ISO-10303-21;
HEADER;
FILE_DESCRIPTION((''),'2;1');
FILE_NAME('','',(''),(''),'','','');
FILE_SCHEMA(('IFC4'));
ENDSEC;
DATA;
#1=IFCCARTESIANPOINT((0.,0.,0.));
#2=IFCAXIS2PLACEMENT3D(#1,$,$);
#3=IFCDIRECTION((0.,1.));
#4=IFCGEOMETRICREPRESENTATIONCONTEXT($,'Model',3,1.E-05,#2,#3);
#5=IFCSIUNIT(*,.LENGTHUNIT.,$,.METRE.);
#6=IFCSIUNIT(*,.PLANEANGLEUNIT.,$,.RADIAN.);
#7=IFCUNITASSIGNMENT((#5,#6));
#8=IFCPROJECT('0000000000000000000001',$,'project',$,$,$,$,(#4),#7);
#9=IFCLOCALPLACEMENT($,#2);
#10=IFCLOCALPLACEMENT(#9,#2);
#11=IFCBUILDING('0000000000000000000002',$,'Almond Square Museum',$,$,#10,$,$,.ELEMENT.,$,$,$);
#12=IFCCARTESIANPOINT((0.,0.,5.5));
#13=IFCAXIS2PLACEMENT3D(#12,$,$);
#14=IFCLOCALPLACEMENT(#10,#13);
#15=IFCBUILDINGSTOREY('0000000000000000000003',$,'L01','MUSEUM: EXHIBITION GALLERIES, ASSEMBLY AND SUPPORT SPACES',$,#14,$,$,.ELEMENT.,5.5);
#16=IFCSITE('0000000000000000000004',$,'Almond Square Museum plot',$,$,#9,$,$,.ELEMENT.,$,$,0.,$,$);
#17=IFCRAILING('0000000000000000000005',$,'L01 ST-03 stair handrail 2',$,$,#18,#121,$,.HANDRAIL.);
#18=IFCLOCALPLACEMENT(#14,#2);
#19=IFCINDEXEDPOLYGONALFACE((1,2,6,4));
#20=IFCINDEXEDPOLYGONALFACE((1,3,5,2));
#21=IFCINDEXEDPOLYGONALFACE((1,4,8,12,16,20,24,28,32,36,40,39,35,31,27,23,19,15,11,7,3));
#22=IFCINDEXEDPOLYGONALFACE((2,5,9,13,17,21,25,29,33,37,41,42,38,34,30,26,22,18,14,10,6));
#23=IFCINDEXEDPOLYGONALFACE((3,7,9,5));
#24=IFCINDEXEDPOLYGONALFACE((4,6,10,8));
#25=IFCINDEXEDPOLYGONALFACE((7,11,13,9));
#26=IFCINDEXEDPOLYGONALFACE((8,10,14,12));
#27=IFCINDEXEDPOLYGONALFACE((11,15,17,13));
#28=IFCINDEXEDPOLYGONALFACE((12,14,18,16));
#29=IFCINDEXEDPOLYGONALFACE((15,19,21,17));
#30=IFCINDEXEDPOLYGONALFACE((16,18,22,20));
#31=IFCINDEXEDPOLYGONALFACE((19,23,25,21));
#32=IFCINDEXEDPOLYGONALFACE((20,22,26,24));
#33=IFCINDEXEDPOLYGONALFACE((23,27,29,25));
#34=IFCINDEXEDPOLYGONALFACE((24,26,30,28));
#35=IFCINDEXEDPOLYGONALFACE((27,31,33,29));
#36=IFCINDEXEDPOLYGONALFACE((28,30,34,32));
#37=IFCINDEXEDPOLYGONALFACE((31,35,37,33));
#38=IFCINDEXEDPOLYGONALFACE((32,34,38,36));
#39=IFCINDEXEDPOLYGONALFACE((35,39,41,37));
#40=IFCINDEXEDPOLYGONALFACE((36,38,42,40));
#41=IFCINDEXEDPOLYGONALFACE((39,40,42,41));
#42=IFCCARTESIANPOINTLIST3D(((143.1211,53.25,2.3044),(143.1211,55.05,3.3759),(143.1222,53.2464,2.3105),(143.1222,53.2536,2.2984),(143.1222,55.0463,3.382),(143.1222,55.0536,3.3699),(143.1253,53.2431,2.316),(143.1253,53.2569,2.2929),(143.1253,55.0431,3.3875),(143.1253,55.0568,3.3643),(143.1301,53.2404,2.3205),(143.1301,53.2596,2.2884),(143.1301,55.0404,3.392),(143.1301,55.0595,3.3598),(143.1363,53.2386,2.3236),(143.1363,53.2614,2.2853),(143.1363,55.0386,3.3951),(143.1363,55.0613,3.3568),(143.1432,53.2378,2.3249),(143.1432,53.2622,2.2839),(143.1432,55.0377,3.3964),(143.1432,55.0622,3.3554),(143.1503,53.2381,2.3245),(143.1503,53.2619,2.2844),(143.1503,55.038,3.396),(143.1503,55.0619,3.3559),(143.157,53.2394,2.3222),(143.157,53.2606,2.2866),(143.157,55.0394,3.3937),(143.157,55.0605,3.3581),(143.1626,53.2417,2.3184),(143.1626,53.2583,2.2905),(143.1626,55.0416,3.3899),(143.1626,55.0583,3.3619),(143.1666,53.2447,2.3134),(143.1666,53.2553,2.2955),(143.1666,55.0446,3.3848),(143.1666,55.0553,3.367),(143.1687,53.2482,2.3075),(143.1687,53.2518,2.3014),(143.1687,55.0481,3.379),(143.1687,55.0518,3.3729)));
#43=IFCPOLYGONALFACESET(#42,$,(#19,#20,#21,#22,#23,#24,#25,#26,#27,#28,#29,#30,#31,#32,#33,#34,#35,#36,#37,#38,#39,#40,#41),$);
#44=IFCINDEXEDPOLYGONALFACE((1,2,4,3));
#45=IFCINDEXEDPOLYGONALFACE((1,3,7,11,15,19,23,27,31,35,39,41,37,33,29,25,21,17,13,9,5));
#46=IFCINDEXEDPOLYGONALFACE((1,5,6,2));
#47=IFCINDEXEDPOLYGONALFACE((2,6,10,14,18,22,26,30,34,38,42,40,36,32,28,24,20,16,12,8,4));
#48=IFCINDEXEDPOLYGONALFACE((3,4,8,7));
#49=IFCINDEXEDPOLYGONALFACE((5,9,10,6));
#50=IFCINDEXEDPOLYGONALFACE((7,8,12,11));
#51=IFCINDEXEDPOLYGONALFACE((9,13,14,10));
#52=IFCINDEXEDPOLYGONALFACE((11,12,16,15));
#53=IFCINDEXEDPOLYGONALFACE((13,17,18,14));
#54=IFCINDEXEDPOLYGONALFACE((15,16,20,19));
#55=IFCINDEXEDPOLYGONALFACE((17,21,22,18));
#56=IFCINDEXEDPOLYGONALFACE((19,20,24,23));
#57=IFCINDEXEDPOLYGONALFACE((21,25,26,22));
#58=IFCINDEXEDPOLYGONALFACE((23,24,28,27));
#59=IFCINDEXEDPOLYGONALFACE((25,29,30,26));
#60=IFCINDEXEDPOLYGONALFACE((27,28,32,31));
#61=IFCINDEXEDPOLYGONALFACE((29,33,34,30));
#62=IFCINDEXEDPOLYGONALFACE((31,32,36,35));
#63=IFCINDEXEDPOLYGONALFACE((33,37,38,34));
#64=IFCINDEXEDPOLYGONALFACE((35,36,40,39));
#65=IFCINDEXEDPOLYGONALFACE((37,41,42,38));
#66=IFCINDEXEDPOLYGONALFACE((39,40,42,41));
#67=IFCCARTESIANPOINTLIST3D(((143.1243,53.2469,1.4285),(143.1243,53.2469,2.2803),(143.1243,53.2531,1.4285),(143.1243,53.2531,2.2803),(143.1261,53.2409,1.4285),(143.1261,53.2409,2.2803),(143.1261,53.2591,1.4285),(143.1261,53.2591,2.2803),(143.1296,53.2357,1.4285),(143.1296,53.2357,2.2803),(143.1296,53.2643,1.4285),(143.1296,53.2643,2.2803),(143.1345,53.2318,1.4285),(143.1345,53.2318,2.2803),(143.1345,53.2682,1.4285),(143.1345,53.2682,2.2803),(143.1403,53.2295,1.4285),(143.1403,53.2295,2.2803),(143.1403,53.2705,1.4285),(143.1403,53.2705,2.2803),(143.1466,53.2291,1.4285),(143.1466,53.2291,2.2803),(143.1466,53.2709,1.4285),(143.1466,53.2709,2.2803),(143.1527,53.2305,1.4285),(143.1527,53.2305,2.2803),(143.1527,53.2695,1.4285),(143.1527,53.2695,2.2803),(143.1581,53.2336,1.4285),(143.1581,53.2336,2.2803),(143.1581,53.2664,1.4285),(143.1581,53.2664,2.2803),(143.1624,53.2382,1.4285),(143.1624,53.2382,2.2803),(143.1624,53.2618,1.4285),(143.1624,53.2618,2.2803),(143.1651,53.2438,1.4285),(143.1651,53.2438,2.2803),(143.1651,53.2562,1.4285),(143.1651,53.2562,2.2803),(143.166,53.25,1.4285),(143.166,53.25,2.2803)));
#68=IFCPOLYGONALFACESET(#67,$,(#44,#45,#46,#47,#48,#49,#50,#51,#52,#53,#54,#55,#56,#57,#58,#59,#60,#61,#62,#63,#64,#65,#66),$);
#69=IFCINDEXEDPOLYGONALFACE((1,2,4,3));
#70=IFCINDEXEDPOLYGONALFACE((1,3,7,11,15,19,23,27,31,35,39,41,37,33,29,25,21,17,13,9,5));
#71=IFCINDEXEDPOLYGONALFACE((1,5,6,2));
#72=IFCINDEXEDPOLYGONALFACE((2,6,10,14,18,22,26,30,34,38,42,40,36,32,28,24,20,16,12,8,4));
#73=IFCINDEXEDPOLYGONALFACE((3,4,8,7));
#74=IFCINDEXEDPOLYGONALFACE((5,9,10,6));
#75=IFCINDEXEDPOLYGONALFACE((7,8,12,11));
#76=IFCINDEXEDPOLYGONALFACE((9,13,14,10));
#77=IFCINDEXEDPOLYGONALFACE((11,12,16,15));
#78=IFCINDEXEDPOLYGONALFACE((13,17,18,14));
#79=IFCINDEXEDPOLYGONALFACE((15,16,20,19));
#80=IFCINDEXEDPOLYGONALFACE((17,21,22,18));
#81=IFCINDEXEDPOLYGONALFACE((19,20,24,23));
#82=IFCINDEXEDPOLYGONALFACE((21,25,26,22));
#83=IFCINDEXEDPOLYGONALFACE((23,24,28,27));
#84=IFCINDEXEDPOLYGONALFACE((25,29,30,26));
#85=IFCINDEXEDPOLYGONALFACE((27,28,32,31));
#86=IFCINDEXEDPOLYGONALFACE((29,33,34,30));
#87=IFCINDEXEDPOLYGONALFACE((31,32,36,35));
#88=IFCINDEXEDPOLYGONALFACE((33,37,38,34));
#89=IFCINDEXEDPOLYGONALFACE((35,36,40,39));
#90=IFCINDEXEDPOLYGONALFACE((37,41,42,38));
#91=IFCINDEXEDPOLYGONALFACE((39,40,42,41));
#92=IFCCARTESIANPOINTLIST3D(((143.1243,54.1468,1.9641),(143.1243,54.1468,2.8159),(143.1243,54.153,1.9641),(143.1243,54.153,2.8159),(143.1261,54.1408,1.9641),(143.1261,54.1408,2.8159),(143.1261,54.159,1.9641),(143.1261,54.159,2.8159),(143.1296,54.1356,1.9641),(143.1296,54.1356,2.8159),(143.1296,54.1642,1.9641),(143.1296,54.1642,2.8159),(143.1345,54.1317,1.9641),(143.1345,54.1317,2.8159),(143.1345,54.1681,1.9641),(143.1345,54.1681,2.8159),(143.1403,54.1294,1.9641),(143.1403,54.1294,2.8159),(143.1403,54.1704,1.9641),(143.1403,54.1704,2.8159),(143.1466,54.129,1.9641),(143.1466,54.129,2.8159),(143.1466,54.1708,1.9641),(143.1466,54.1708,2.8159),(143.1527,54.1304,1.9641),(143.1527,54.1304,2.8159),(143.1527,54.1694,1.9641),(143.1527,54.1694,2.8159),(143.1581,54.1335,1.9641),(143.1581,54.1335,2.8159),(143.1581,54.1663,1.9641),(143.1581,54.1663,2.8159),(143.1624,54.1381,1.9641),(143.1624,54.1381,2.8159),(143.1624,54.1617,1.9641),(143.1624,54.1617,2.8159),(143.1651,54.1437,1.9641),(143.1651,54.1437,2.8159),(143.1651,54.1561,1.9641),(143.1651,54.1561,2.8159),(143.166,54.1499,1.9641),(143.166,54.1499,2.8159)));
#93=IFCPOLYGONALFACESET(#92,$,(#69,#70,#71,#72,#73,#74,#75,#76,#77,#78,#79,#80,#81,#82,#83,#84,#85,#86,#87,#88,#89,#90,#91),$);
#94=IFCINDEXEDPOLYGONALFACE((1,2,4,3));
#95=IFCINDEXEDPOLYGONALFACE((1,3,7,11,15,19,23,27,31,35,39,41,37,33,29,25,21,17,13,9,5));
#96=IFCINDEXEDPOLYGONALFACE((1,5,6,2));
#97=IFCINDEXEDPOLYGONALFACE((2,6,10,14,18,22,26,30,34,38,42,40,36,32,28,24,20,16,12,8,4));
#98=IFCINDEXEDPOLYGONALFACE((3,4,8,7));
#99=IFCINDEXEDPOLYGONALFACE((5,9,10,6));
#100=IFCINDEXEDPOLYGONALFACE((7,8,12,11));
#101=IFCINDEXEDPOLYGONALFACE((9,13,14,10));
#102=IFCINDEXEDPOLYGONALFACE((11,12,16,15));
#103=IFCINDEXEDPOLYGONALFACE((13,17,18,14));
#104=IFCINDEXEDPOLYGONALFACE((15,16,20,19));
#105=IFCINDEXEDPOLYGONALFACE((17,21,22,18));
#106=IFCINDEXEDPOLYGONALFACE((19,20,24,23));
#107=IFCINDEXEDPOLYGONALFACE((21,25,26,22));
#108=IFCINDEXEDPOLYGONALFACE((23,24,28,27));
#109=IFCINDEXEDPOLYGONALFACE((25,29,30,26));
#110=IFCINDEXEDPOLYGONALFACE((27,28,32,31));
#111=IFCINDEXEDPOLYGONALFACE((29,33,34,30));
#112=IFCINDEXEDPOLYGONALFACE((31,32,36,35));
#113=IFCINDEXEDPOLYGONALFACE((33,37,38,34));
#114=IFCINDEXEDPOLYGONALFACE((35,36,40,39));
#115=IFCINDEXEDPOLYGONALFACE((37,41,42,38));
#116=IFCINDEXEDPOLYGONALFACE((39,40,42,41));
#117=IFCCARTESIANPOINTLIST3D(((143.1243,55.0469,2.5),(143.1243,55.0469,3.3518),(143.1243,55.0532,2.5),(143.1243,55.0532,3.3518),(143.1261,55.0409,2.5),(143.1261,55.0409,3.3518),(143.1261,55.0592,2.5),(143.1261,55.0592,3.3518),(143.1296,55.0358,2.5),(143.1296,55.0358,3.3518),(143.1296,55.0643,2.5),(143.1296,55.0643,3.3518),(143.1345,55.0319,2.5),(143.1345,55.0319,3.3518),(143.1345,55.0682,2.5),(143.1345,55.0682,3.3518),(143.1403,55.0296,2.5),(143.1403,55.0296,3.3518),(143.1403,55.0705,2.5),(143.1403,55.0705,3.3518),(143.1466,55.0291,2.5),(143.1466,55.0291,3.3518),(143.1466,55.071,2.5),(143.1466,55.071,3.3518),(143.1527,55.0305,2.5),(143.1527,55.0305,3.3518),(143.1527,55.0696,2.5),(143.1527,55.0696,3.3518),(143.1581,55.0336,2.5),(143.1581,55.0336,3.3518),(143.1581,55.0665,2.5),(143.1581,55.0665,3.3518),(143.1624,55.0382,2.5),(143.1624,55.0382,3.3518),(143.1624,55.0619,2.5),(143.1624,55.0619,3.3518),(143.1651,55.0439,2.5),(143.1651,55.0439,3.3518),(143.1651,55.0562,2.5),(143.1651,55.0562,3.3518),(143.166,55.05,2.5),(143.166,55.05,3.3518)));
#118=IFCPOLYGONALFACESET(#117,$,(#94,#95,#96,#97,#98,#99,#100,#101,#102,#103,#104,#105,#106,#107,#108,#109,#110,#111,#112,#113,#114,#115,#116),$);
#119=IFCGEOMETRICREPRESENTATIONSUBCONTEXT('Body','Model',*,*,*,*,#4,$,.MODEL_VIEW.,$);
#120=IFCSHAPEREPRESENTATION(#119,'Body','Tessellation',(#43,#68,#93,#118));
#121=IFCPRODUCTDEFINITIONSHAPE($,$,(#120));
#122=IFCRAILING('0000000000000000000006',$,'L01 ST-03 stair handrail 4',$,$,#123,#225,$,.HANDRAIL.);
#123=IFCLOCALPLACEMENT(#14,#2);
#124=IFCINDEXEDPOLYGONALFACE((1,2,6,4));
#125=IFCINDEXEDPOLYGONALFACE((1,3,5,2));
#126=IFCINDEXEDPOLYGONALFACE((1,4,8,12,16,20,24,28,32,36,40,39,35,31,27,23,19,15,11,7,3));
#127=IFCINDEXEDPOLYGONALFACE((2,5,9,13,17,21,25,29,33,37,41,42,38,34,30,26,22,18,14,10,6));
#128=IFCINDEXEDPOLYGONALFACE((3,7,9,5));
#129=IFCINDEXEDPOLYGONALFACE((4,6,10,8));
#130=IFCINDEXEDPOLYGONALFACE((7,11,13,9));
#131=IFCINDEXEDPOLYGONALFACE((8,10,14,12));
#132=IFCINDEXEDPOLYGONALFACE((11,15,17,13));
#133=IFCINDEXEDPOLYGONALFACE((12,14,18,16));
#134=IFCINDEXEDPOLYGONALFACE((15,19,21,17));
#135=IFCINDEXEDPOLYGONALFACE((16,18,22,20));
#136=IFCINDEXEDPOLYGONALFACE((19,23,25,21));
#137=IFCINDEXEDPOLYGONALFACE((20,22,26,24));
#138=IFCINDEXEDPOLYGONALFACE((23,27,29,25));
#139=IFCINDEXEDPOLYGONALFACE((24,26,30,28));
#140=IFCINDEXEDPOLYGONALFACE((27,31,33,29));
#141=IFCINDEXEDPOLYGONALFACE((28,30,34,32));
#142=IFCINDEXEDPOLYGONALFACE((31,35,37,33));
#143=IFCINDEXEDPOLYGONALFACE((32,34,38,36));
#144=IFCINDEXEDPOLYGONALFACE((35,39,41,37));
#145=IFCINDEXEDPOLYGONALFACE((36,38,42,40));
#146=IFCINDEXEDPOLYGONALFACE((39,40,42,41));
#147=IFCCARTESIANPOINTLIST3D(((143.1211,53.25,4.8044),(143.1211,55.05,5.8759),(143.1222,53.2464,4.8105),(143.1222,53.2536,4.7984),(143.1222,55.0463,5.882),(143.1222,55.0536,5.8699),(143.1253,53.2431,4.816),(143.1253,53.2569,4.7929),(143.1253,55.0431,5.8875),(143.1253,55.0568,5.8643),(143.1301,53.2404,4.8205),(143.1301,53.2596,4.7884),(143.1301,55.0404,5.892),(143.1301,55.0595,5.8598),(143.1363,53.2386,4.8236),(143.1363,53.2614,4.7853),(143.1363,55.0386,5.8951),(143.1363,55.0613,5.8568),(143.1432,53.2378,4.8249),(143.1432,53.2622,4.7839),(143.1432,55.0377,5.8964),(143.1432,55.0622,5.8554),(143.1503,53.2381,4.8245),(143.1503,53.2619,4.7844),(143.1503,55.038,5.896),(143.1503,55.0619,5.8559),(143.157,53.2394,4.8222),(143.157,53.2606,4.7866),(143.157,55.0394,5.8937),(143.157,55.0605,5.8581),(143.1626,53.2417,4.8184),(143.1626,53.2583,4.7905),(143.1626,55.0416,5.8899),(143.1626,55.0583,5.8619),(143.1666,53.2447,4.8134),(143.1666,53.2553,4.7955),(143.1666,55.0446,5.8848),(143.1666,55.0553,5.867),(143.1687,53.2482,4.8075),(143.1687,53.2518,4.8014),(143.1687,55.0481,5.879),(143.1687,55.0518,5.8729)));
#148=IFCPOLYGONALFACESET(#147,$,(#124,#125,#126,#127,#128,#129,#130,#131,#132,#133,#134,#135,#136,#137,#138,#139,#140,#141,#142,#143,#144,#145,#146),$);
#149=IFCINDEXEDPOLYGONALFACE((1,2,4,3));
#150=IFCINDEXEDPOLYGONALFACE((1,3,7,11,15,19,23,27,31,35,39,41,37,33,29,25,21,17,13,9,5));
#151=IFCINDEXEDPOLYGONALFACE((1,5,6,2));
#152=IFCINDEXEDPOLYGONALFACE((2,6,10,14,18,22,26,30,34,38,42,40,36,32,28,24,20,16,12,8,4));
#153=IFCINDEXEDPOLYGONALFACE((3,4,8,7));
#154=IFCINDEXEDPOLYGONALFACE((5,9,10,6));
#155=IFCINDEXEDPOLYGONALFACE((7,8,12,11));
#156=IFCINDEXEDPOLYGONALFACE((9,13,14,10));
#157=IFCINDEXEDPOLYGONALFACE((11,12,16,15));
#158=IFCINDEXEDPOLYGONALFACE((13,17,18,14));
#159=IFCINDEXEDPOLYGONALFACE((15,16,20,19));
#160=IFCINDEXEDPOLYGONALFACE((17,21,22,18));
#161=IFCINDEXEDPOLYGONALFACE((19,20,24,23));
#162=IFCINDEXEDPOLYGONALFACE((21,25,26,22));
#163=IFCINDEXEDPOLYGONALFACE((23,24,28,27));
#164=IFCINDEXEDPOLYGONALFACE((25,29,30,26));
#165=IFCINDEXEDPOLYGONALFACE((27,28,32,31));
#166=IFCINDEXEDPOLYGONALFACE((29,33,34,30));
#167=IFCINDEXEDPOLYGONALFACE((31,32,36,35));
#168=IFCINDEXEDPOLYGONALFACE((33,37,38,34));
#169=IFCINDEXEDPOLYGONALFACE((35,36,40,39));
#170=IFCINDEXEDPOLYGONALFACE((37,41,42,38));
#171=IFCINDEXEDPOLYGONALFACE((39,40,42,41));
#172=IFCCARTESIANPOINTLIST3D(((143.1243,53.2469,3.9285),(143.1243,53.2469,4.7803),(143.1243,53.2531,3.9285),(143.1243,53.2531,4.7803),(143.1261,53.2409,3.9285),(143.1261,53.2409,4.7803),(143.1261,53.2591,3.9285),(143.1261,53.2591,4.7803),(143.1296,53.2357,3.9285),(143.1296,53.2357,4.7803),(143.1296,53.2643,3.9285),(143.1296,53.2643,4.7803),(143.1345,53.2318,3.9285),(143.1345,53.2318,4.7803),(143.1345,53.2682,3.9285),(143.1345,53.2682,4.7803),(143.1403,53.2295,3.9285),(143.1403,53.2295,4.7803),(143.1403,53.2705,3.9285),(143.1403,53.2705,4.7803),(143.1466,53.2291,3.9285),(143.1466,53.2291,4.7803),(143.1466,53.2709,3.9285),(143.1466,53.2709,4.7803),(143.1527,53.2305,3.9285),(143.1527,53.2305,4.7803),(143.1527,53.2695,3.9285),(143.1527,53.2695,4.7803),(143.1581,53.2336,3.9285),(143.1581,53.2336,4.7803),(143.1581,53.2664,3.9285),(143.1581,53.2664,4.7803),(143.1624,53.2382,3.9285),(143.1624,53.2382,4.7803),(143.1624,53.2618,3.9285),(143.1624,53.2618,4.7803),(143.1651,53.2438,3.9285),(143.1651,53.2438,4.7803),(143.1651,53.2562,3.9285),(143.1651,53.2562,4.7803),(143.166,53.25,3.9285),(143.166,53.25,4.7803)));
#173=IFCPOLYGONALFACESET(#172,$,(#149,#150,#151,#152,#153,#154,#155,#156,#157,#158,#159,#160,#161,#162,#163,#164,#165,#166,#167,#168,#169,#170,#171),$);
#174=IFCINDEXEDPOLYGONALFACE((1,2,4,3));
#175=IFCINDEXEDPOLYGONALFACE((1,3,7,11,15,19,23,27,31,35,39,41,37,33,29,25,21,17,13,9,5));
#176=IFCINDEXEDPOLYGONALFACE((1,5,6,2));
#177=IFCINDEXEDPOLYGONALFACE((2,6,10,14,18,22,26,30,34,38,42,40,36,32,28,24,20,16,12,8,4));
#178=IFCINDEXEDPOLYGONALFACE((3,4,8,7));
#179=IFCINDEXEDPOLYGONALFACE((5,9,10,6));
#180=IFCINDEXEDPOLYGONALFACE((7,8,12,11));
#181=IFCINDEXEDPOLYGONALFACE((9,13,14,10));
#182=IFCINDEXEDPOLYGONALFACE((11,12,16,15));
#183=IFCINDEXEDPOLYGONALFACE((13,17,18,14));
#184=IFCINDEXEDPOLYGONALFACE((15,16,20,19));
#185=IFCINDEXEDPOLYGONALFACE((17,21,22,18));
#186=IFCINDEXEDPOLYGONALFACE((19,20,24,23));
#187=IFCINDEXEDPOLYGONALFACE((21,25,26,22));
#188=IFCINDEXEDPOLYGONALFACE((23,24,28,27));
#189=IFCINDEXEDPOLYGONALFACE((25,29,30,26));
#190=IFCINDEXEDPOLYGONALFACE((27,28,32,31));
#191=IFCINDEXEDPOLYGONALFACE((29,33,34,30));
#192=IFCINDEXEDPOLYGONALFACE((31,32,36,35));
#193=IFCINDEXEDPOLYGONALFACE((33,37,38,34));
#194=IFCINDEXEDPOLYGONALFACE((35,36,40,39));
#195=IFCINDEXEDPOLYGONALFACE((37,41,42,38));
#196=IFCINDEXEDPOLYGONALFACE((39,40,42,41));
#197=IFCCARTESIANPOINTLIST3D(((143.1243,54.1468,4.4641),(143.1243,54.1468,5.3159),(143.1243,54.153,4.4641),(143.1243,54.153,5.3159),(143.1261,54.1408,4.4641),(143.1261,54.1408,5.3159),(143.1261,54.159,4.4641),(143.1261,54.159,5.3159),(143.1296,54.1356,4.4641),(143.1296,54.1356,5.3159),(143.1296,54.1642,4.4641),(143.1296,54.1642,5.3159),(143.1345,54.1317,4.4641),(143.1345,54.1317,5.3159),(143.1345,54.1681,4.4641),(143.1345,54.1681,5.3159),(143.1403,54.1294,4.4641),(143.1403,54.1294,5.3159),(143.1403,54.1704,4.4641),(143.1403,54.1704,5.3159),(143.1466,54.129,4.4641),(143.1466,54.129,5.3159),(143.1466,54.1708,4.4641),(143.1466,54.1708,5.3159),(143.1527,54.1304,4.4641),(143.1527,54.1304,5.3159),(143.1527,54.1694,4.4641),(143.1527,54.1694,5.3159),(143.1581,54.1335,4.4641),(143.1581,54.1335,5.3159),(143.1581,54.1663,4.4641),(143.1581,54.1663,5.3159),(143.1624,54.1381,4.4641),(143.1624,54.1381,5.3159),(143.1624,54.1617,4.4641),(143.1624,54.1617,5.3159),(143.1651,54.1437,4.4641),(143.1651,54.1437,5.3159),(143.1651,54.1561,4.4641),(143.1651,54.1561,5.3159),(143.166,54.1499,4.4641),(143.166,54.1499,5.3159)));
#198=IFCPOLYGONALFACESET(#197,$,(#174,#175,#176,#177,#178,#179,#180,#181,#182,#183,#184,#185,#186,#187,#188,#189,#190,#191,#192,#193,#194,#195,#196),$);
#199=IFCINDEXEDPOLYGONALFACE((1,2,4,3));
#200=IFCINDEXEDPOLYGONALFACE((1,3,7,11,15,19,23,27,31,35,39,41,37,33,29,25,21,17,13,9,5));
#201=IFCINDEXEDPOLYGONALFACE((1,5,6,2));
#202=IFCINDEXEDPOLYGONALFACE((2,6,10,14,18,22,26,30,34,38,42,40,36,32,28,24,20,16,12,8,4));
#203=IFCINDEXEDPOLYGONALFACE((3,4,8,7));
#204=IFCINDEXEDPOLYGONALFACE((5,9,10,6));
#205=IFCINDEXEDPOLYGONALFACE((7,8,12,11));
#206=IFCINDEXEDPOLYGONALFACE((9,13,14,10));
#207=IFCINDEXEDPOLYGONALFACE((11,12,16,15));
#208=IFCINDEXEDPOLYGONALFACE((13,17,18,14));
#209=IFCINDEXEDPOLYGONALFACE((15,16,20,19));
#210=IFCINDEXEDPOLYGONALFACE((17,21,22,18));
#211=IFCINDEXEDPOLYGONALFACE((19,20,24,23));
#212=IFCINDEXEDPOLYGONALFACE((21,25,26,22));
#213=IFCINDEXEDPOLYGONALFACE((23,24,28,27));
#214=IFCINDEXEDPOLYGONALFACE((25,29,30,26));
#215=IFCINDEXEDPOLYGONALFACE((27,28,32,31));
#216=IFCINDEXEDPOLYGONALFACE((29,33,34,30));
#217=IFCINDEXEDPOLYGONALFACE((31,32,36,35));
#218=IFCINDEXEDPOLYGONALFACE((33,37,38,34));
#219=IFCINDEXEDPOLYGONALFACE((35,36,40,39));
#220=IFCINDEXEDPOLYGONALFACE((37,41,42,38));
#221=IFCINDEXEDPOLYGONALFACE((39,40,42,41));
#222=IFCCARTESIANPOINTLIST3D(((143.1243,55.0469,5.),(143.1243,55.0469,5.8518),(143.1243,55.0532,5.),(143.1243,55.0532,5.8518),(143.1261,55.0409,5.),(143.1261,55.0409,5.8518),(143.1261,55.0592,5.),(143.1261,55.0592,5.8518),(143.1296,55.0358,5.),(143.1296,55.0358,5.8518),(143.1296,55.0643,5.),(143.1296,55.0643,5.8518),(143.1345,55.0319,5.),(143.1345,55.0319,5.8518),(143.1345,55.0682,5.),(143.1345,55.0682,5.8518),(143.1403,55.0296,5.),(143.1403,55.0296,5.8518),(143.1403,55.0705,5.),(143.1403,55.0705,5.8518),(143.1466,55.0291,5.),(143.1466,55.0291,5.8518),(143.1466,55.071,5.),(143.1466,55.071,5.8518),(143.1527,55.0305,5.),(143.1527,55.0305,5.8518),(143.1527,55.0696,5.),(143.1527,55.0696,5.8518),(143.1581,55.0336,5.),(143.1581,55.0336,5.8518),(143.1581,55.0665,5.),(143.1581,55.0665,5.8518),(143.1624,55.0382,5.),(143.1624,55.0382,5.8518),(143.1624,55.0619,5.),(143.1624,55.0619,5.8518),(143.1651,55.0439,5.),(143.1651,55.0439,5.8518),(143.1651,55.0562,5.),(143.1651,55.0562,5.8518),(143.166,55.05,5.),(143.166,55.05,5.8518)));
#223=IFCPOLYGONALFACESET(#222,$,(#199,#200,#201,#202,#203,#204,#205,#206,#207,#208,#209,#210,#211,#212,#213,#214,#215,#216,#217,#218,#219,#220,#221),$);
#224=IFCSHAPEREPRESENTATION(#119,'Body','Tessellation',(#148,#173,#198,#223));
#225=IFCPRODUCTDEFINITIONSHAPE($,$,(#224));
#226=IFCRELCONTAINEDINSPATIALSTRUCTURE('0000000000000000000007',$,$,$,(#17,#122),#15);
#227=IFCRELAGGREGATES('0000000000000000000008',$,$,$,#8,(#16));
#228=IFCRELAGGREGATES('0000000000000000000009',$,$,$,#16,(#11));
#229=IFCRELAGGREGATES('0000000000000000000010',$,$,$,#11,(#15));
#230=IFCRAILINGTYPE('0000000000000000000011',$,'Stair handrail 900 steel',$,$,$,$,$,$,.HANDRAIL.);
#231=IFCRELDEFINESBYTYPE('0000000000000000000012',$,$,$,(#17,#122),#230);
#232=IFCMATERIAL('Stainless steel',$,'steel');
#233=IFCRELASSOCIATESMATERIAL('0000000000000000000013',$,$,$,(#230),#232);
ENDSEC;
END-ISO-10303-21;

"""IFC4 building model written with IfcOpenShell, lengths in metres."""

from ifc_helpers import new_model, si_unit, direction, frame, origin, origin_2d, place, context, subcontext, project, spatial, circle, extrude, material, type_object, element, save


model = new_model("IFC4")

# Units and contexts
model_context = context("Model", 3, precision=1e-05, world=origin(), true_north=direction((0.0, 1.0)))
body_context = subcontext(model_context, "Body", "Model", "MODEL_VIEW")
ifc_project = project(units=[si_unit("LENGTHUNIT", "METRE"), si_unit("PLANEANGLEUNIT", "RADIAN")], contexts=[model_context])

# Site, building, storey
site_placement = place(None, origin())
site = spatial("IfcSite", under=ifc_project, at=site_placement, Name="Almond Square Museum plot", CompositionType="ELEMENT", RefElevation=0.0)
building_placement = place(site_placement, origin())
building = spatial("IfcBuilding", under=site, at=building_placement, Name="Almond Square Museum", CompositionType="ELEMENT")
storey_placement = place(building_placement, frame((0.0, 0.0, 5.5)))
storey = spatial("IfcBuildingStorey", under=building, at=storey_placement, Name="L01", Description="MUSEUM: EXHIBITION GALLERIES, ASSEMBLY AND SUPPORT SPACES", CompositionType="ELEMENT", Elevation=5.5)

# Railings
ifc_material_1 = material(Name="Stainless steel", Category="steel")
railing_type_1 = type_object("IfcRailingType", Name="Stair handrail 900 steel", PredefinedType="HANDRAIL", material=ifc_material_1)
for number, where, name in (
    (1, (143.145, 53.25, 1.4285), "L01 ST-03 stair handrail 2"),
    (2, (143.145, 53.25, 3.9285), "L01 ST-03 stair handrail 4"),
):
    element("IfcRailing", number, at=place(storey_placement, frame(where)), inside=storey, type_object=railing_type_1, Name=name, PredefinedType="HANDRAIL", context=body_context, shape_type="SweptSolid", body=[
        extrude(circle(Radius=0.0239, at=origin_2d()), frame((0.0, 0.0, 0.876), z_axis=(0.0, 0.859277, 0.51151), x_axis=(-1.0, 0.0, 0.0)), (0.0, 0.0, 1.0), 2.0947),
        extrude(circle(Radius=0.021, at=origin_2d()), origin(), (0.0, 0.0, 1.0), 0.8518),
        extrude(circle(Radius=0.021, at=origin_2d()), frame((0.0, 0.8999, 0.5356)), (0.0, 0.0, 1.0), 0.8518),
        extrude(circle(Radius=0.021, at=origin_2d()), frame((0.0, 1.8, 1.0715)), (0.0, 0.0, 1.0), 0.8518),
    ])

save(model, "model.ifc")
